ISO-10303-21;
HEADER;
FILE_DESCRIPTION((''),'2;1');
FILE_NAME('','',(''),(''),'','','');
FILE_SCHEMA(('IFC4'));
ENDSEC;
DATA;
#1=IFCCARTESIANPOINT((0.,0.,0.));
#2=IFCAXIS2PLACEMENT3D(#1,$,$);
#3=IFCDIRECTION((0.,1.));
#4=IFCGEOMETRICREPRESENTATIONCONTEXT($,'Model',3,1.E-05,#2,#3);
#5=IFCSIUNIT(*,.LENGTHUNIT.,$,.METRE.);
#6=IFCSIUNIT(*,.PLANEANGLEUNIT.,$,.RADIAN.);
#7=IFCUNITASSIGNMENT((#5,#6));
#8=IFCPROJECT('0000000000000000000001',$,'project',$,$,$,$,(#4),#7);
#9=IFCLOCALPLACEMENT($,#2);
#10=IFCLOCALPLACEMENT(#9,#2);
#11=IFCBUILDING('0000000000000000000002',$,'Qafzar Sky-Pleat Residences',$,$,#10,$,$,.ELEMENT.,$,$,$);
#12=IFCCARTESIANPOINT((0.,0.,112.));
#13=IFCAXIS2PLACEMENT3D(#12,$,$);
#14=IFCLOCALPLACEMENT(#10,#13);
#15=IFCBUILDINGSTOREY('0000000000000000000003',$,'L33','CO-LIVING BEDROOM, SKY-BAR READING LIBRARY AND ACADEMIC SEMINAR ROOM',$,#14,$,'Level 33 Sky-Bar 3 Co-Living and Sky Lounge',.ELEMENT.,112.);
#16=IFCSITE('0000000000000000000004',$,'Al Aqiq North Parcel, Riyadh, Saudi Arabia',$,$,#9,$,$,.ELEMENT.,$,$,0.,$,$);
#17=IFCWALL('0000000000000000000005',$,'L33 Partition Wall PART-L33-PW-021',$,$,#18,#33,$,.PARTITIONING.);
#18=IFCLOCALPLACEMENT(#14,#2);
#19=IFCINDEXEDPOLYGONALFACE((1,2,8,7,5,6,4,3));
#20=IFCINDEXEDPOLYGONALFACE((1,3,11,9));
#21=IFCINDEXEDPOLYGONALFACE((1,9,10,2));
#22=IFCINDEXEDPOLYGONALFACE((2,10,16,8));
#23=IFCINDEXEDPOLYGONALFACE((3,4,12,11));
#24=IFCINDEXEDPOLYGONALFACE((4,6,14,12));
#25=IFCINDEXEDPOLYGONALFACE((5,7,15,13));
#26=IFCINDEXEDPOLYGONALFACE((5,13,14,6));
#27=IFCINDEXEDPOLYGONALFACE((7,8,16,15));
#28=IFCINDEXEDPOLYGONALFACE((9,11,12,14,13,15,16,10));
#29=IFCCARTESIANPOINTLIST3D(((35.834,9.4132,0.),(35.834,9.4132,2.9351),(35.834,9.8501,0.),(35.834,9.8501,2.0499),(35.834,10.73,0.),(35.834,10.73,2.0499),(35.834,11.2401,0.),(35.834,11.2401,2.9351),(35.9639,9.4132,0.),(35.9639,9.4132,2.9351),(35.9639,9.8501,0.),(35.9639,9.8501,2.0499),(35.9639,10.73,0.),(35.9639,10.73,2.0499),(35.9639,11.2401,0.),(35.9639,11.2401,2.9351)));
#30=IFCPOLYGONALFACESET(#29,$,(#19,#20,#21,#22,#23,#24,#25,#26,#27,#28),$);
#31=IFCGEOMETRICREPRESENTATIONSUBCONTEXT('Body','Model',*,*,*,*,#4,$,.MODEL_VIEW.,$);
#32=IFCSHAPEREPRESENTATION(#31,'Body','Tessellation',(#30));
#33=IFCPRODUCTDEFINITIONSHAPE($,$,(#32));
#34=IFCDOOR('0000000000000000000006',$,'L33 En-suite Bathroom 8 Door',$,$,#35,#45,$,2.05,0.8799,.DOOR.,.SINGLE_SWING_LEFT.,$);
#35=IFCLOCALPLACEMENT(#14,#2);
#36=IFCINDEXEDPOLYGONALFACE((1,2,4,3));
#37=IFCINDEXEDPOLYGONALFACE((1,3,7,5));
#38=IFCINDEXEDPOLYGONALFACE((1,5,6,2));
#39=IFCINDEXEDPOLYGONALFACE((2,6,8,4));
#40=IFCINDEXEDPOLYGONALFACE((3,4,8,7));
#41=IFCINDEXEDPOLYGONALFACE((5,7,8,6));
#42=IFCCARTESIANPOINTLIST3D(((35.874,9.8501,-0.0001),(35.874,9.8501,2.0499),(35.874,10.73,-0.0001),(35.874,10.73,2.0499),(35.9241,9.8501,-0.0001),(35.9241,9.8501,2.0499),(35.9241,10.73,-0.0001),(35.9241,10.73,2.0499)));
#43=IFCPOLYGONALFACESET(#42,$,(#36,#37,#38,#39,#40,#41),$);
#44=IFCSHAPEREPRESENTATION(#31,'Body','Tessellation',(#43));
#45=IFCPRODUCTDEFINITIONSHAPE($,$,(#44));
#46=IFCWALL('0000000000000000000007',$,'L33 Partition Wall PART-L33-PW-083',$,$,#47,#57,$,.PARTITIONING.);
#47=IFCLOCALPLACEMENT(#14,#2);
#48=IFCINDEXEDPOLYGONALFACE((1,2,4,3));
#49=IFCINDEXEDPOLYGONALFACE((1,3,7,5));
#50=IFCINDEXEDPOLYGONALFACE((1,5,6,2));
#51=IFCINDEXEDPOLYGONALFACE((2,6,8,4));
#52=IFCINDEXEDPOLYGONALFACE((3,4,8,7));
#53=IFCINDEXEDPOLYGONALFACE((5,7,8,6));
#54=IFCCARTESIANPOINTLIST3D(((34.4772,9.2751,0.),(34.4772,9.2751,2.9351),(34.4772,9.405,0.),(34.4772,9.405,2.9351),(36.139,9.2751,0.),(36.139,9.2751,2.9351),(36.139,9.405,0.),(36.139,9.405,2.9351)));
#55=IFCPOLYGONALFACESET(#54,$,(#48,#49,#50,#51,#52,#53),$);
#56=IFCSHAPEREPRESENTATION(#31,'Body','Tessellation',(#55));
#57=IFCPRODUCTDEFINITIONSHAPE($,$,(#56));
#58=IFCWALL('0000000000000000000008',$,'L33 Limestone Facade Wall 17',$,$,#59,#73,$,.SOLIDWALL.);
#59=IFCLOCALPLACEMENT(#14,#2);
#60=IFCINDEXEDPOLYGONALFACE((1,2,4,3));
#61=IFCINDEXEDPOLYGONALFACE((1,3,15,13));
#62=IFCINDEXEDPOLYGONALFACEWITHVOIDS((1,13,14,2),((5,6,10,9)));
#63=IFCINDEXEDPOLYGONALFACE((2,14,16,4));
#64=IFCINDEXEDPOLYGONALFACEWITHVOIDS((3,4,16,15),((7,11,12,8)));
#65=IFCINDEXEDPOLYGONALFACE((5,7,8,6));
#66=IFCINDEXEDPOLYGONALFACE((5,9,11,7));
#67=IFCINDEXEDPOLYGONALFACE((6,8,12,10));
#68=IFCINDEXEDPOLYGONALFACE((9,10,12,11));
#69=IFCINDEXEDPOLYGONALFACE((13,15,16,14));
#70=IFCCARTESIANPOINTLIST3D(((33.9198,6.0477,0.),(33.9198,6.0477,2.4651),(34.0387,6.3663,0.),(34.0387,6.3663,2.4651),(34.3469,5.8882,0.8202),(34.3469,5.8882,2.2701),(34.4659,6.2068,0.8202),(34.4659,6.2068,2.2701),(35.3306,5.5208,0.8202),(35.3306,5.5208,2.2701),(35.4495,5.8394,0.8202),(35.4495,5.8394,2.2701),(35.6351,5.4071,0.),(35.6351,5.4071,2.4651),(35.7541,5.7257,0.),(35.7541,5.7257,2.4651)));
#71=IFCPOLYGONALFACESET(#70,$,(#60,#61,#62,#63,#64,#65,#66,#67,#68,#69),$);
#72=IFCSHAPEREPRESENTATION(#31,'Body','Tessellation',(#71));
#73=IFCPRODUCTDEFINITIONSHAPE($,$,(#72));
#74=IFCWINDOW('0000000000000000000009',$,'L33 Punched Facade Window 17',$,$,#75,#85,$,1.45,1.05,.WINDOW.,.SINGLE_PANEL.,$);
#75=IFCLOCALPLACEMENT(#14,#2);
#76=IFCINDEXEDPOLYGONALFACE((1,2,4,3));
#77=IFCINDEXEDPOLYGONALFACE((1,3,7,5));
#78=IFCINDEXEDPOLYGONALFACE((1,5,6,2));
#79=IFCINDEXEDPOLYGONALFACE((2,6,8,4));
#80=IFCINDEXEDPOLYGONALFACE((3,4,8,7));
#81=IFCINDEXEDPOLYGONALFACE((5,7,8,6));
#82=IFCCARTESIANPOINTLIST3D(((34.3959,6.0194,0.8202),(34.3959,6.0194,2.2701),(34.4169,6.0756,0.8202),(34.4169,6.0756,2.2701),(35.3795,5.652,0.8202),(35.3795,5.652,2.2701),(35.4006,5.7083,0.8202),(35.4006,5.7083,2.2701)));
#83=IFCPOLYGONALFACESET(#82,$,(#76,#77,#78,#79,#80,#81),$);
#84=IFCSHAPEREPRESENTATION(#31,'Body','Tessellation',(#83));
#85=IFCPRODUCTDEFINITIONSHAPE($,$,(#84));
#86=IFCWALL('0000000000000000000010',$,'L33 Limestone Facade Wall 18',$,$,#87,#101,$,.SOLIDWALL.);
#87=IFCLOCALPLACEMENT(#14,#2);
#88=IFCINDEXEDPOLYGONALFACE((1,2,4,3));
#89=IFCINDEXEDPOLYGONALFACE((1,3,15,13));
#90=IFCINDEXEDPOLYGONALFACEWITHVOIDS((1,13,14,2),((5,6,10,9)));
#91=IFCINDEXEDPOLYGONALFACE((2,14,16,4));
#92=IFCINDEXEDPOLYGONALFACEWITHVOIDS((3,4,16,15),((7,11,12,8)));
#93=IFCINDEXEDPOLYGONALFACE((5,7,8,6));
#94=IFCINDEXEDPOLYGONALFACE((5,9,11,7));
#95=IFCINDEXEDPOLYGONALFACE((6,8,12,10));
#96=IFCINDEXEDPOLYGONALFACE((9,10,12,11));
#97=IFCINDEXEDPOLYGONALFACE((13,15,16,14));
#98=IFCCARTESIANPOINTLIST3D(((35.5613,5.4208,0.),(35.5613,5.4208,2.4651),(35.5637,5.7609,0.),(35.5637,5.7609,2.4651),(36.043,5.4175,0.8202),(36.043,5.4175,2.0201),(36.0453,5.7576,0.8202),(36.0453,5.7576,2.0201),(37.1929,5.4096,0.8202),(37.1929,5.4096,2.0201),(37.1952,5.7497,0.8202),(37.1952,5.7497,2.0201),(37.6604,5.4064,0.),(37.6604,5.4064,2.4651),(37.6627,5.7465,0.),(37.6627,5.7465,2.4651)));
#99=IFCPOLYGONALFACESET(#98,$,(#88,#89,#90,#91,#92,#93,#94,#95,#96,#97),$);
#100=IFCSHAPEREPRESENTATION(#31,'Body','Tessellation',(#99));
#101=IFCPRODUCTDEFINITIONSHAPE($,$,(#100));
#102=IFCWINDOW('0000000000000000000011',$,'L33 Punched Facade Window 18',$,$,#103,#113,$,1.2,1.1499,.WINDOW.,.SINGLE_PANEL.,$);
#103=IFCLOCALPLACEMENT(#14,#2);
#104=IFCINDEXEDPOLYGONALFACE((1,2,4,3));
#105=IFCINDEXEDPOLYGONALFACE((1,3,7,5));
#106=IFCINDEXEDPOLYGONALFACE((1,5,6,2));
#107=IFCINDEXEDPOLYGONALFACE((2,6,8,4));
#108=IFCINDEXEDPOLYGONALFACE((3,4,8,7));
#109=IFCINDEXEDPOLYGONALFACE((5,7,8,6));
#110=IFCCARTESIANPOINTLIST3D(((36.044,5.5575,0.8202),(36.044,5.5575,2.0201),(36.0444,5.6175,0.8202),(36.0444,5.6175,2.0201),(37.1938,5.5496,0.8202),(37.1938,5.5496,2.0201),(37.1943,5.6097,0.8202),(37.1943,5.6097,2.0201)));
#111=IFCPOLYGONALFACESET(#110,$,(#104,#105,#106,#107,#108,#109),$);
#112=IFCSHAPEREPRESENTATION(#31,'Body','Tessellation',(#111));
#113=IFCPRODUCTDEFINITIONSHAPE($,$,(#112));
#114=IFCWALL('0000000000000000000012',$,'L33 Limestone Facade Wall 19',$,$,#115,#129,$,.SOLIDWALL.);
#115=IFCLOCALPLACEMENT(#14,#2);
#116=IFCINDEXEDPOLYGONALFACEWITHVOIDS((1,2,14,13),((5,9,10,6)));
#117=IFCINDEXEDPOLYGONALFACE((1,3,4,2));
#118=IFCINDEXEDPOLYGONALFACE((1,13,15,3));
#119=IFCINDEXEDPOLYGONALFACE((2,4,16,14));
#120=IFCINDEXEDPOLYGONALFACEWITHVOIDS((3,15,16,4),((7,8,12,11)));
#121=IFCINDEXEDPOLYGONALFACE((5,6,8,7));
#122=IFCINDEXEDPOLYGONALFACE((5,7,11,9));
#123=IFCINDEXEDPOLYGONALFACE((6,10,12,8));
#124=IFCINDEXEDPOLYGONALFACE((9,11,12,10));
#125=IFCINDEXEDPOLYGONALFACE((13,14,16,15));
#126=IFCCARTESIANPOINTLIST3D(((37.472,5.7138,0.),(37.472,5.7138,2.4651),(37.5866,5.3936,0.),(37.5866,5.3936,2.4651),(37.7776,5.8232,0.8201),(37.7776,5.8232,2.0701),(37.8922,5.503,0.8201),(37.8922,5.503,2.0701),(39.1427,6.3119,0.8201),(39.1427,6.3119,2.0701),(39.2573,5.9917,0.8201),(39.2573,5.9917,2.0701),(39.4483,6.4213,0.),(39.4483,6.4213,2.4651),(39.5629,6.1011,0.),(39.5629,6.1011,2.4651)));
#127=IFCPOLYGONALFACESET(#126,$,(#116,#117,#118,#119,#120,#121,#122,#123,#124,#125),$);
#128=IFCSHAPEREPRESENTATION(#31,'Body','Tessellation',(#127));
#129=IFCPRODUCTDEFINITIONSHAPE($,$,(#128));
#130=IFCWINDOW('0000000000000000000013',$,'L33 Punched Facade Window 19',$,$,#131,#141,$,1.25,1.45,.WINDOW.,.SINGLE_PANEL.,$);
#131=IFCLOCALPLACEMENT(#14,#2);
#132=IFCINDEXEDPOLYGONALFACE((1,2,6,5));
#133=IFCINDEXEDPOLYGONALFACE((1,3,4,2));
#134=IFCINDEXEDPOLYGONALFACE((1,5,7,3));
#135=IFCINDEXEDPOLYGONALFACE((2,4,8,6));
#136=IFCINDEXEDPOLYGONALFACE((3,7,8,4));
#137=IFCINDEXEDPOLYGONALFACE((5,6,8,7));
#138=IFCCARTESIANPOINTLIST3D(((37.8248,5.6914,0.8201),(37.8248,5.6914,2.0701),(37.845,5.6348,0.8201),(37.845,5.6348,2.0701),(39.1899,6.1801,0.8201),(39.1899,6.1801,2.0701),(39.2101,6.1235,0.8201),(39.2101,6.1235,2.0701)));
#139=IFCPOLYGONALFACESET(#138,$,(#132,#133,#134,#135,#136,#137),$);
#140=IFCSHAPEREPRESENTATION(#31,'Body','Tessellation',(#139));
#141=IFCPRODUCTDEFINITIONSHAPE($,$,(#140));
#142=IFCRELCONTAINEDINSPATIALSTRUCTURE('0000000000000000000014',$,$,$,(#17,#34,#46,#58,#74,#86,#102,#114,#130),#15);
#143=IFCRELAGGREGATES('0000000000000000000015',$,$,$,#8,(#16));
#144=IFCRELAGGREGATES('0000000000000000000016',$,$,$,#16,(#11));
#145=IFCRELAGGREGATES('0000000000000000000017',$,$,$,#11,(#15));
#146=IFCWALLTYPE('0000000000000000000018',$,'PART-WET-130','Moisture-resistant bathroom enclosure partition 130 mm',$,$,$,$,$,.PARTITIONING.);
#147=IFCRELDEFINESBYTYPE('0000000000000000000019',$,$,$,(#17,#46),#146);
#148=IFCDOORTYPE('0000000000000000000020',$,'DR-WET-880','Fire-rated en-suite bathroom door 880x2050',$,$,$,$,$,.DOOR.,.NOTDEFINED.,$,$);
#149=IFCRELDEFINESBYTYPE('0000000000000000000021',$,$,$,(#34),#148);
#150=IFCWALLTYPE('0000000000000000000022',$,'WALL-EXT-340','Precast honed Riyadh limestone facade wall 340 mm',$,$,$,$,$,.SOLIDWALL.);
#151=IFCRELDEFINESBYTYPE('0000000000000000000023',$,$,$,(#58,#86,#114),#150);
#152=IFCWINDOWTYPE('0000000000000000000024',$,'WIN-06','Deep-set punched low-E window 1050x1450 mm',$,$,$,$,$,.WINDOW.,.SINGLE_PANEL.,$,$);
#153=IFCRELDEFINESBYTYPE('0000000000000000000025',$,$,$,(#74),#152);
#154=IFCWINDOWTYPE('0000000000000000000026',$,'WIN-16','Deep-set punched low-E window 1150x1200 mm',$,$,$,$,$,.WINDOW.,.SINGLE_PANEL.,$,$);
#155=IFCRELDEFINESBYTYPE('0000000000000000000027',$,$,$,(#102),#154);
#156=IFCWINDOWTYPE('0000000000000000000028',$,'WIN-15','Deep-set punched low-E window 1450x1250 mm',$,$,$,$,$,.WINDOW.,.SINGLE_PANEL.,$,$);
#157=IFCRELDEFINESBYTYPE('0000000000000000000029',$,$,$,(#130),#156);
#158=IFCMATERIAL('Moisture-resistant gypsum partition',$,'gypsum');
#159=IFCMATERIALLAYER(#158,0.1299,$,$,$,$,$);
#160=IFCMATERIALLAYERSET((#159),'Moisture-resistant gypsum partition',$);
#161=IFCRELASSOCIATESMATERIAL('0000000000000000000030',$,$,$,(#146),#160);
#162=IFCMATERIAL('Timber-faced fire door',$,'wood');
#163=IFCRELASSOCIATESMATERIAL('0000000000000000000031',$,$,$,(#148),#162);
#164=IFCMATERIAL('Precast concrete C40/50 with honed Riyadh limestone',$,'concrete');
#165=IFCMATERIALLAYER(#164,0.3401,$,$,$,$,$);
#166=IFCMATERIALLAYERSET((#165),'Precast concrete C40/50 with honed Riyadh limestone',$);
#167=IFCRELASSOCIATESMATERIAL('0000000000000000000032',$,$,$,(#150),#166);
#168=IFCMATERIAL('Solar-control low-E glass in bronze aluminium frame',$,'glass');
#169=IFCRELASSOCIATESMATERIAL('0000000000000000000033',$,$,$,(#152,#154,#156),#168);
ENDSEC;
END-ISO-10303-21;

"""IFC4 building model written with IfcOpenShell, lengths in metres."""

from ifc_helpers import new_model, si_unit, direction, frame, frame_2d, origin, place, context, subcontext, project, spatial, rectangle, extrude, source, transform, mapped, material, layer, layer_set, type_object, element, fill, save


model = new_model("IFC4")

# Units and contexts
model_context = context("Model", 3, precision=1e-05, world=origin(), true_north=direction((0.0, 1.0)))
body_context = subcontext(model_context, "Body", "Model", "MODEL_VIEW")
ifc_project = project(units=[si_unit("LENGTHUNIT", "METRE"), si_unit("PLANEANGLEUNIT", "RADIAN")], contexts=[model_context])

# Site, building, storey
site_placement = place(None, origin())
site = spatial("IfcSite", under=ifc_project, at=site_placement, Name="Al Aqiq North Parcel, Riyadh, Saudi Arabia", CompositionType="ELEMENT", RefElevation=0.0)
building_placement = place(site_placement, origin())
building = spatial("IfcBuilding", under=site, at=building_placement, Name="Qafzar Sky-Pleat Residences", CompositionType="ELEMENT")
storey_placement = place(building_placement, frame((0.0, 0.0, 112.0)))
storey = spatial("IfcBuildingStorey", under=building, at=storey_placement, Name="L33", Description="CO-LIVING BEDROOM, SKY-BAR READING LIBRARY AND ACADEMIC SEMINAR ROOM", LongName="Level 33 Sky-Bar 3 Co-Living and Sky Lounge", CompositionType="ELEMENT", Elevation=112.0)

# Wall, opening, door
ifc_material_1 = material(Name="Moisture-resistant gypsum partition", Category="gypsum")
ifc_layer_1 = layer(ifc_material_1, 0.1299)
ifc_layer_set_1 = layer_set([ifc_layer_1], Name="Moisture-resistant gypsum partition")
wall_type_1 = type_object("IfcWallType", Name="PART-WET-130", Description="Moisture-resistant bathroom enclosure partition 130 mm", PredefinedType="PARTITIONING", material=ifc_layer_set_1)
wall_1_placement = place(storey_placement, frame((35.8989, 9.4131, 0.0), z_axis=(0.0, 0.0, 1.0), x_axis=(0.0, 1.0, 0.0)))
wall_1 = element("IfcWall", 1, at=wall_1_placement, inside=storey, type_object=wall_type_1, Name="L33 Partition Wall PART-L33-PW-021", PredefinedType="PARTITIONING", context=body_context, shape_type="SweptSolid", body=[
    extrude(rectangle(XDim=1.8269, YDim=0.1299, at=frame_2d((0.9136, 0.0))), origin(), (0.0, 0.0, 1.0), 2.9351),
])
opening_1_placement = place(wall_1_placement, frame((0.437, 0.0, 0.0)))
opening_1 = element("IfcOpeningElement", 2, at=opening_1_placement, cuts=wall_1, PredefinedType="OPENING", context=body_context, shape_type="SweptSolid", body=[
    extrude(rectangle(XDim=0.8799, YDim=2.05, at=frame_2d((0.4399, 1.0249))), frame((0.0, 0.075, 0.0), z_axis=(0.0, -1.0, 0.0), x_axis=(1.0, 0.0, 0.0)), (0.0, 0.0, 1.0), 0.1499),
])
ifc_material_2 = material(Name="Timber-faced fire door", Category="wood")
door_type = type_object("IfcDoorType", Name="DR-WET-880", Description="Fire-rated en-suite bathroom door 880x2050", OperationType="NOTDEFINED", PredefinedType="DOOR", material=ifc_material_2)
shared_shape_1 = source(origin(), body_context, "Body", "SweptSolid", [
    extrude(rectangle(XDim=0.8799, YDim=2.05, at=frame_2d((0.4399, 1.0249))), frame((0.0, 0.0249, 0.0), z_axis=(0.0, -1.0, 0.0), x_axis=(1.0, 0.0, 0.0)), (0.0, 0.0, 1.0), 0.05),
])
door_placement = place(opening_1_placement, origin())
door = element("IfcDoor", 3, at=door_placement, inside=storey, type_object=door_type, Name="L33 En-suite Bathroom 8 Door", OperationType="SINGLE_SWING_LEFT", OverallHeight=2.05, OverallWidth=0.8799, PredefinedType="DOOR", context=body_context, shape_type="MappedRepresentation", body=[
    mapped(shared_shape_1, transform((0.0, 0.0, 0.0), x_axis=(1.0, 0.0, 0.0), y_axis=(0.0, 1.0, 0.0), z_axis=(0.0, 0.0, 1.0), scale=1.0)),
])
fill(opening_1, door)

# Wall
wall_2_placement = place(storey_placement, frame((34.4771, 9.3401, 0.0), z_axis=(0.0, 0.0, 1.0), x_axis=(1.0, 0.0, 0.0)))
element("IfcWall", 4, at=wall_2_placement, inside=storey, type_object=wall_type_1, Name="L33 Partition Wall PART-L33-PW-083", PredefinedType="PARTITIONING", context=body_context, shape_type="SweptSolid", body=[
    extrude(rectangle(XDim=1.6619, YDim=0.1299, at=frame_2d((0.8311, 0.0))), origin(), (0.0, 0.0, 1.0), 2.9351),
])

# Walls, openings, windows
ifc_material_3 = material(Name="Precast concrete C40/50 with honed Riyadh limestone", Category="concrete")
ifc_layer_2 = layer(ifc_material_3, 0.3401)
ifc_layer_set_2 = layer_set([ifc_layer_2], Name="Precast concrete C40/50 with honed Riyadh limestone")
wall_type_2 = type_object("IfcWallType", Name="WALL-EXT-340", Description="Precast honed Riyadh limestone facade wall 340 mm", PredefinedType="SOLIDWALL", material=ifc_layer_set_2)
wall_3_placement = place(storey_placement, frame((33.9792, 6.207, 0.0), z_axis=(0.0, 0.0, 1.0), x_axis=(0.9368, -0.349867, 0.0)))
wall_3 = element("IfcWall", 5, at=wall_3_placement, inside=storey, type_object=wall_type_2, Name="L33 Limestone Facade Wall 17", PredefinedType="SOLIDWALL", context=body_context, shape_type="SweptSolid", body=[
    extrude(rectangle(XDim=1.8311, YDim=0.3401, at=frame_2d((0.9155, 0.0))), origin(), (0.0, 0.0, 1.0), 2.4651),
])
opening_2_placement = place(wall_3_placement, frame((0.4561, 0.0, 0.8201)))
opening_2 = element("IfcOpeningElement", 6, at=opening_2_placement, cuts=wall_3, PredefinedType="OPENING", context=body_context, shape_type="SweptSolid", body=[
    extrude(rectangle(XDim=1.05, YDim=1.45, at=frame_2d((0.5249, 0.7251))), frame((0.0, 0.1802, 0.0), z_axis=(0.0, -1.0, 0.0), x_axis=(1.0, 0.0, 0.0)), (0.0, 0.0, 1.0), 0.3601),
])
ifc_material_4 = material(Name="Solar-control low-E glass in bronze aluminium frame", Category="glass")
window_type_1 = type_object("IfcWindowType", Name="WIN-06", Description="Deep-set punched low-E window 1050x1450 mm", PartitioningType="SINGLE_PANEL", PredefinedType="WINDOW", material=ifc_material_4)
shared_shape_2 = source(origin(), body_context, "Body", "SweptSolid", [
    extrude(rectangle(XDim=1.05, YDim=1.45, at=frame_2d((0.5249, 0.7251))), frame((0.0, 0.03, 0.0), z_axis=(0.0, -1.0, 0.0), x_axis=(1.0, 0.0, 0.0)), (0.0, 0.0, 1.0), 0.0601),
])
window_1_placement = place(opening_2_placement, origin())
window_1 = element("IfcWindow", 7, at=window_1_placement, inside=storey, type_object=window_type_1, Name="L33 Punched Facade Window 17", OverallHeight=1.45, OverallWidth=1.05, PartitioningType="SINGLE_PANEL", PredefinedType="WINDOW", context=body_context, shape_type="MappedRepresentation", body=[
    mapped(shared_shape_2, transform((0.0, 0.0, 0.0), x_axis=(1.0, 0.0, 0.0), y_axis=(0.0, 1.0, 0.0), z_axis=(0.0, 0.0, 1.0), scale=1.0)),
])
fill(opening_2, window_1)
wall_4_placement = place(storey_placement, frame((35.5625, 5.5908, 0.0), z_axis=(0.0, 0.0, 1.0), x_axis=(0.999976, -0.006862, 0.0)))
wall_4 = element("IfcWall", 8, at=wall_4_placement, inside=storey, type_object=wall_type_2, Name="L33 Limestone Facade Wall 18", PredefinedType="SOLIDWALL", context=body_context, shape_type="SweptSolid", body=[
    extrude(rectangle(XDim=2.0991, YDim=0.3401, at=frame_2d((1.0496, 0.0))), origin(), (0.0, 0.0, 1.0), 2.4651),
])
opening_3_placement = place(wall_4_placement, frame((0.4817, 0.0, 0.8201)))
opening_3 = element("IfcOpeningElement", 9, at=opening_3_placement, cuts=wall_4, PredefinedType="OPENING", context=body_context, shape_type="SweptSolid", body=[
    extrude(rectangle(XDim=1.1499, YDim=1.2, at=frame_2d((0.575, 0.6001))), frame((0.0, 0.1802, 0.0), z_axis=(0.0, -1.0, 0.0), x_axis=(1.0, 0.0, 0.0)), (0.0, 0.0, 1.0), 0.3601),
])
window_type_2 = type_object("IfcWindowType", Name="WIN-16", Description="Deep-set punched low-E window 1150x1200 mm", PartitioningType="SINGLE_PANEL", PredefinedType="WINDOW", material=ifc_material_4)
shared_shape_3 = source(origin(), body_context, "Body", "SweptSolid", [
    extrude(rectangle(XDim=1.1499, YDim=1.2, at=frame_2d((0.575, 0.6001))), frame((0.0, 0.03, 0.0), z_axis=(0.0, -1.0, 0.0), x_axis=(1.0, 0.0, 0.0)), (0.0, 0.0, 1.0), 0.0601),
])
window_2_placement = place(opening_3_placement, origin())
window_2 = element("IfcWindow", 10, at=window_2_placement, inside=storey, type_object=window_type_2, Name="L33 Punched Facade Window 18", OverallHeight=1.2, OverallWidth=1.1499, PartitioningType="SINGLE_PANEL", PredefinedType="WINDOW", context=body_context, shape_type="MappedRepresentation", body=[
    mapped(shared_shape_3, transform((0.0, 0.0, 0.0), x_axis=(1.0, 0.0, 0.0), y_axis=(0.0, 1.0, 0.0), z_axis=(0.0, 0.0, 1.0), scale=1.0)),
])
fill(opening_3, window_2)
wall_5_placement = place(storey_placement, frame((37.5293, 5.5537, 0.0), z_axis=(0.0, 0.0, 1.0), x_axis=(0.941486, 0.337051, 0.0)))
wall_5 = element("IfcWall", 11, at=wall_5_placement, inside=storey, type_object=wall_type_2, Name="L33 Limestone Facade Wall 19", PredefinedType="SOLIDWALL", context=body_context, shape_type="SweptSolid", body=[
    extrude(rectangle(XDim=2.0991, YDim=0.3401, at=frame_2d((1.0496, 0.0))), origin(), (0.0, 0.0, 1.0), 2.4651),
])
opening_4_placement = place(wall_5_placement, frame((0.3245, 0.0, 0.8201)))
opening_4 = element("IfcOpeningElement", 12, at=opening_4_placement, cuts=wall_5, PredefinedType="OPENING", context=body_context, shape_type="SweptSolid", body=[
    extrude(rectangle(XDim=1.45, YDim=1.25, at=frame_2d((0.7251, 0.625))), frame((0.0, 0.1802, 0.0), z_axis=(0.0, -1.0, 0.0), x_axis=(1.0, 0.0, 0.0)), (0.0, 0.0, 1.0), 0.3601),
])
window_type_3 = type_object("IfcWindowType", Name="WIN-15", Description="Deep-set punched low-E window 1450x1250 mm", PartitioningType="SINGLE_PANEL", PredefinedType="WINDOW", material=ifc_material_4)
shared_shape_4 = source(origin(), body_context, "Body", "SweptSolid", [
    extrude(rectangle(XDim=1.45, YDim=1.25, at=frame_2d((0.7251, 0.625))), frame((0.0, 0.03, 0.0), z_axis=(0.0, -1.0, 0.0), x_axis=(1.0, 0.0, 0.0)), (0.0, 0.0, 1.0), 0.0601),
])
window_3_placement = place(opening_4_placement, origin())
window_3 = element("IfcWindow", 13, at=window_3_placement, inside=storey, type_object=window_type_3, Name="L33 Punched Facade Window 19", OverallHeight=1.25, OverallWidth=1.45, PartitioningType="SINGLE_PANEL", PredefinedType="WINDOW", context=body_context, shape_type="MappedRepresentation", body=[
    mapped(shared_shape_4, transform((0.0, 0.0, 0.0), x_axis=(1.0, 0.0, 0.0), y_axis=(0.0, 1.0, 0.0), z_axis=(0.0, 0.0, 1.0), scale=1.0)),
])
fill(opening_4, window_3)

save(model, "model.ifc")
